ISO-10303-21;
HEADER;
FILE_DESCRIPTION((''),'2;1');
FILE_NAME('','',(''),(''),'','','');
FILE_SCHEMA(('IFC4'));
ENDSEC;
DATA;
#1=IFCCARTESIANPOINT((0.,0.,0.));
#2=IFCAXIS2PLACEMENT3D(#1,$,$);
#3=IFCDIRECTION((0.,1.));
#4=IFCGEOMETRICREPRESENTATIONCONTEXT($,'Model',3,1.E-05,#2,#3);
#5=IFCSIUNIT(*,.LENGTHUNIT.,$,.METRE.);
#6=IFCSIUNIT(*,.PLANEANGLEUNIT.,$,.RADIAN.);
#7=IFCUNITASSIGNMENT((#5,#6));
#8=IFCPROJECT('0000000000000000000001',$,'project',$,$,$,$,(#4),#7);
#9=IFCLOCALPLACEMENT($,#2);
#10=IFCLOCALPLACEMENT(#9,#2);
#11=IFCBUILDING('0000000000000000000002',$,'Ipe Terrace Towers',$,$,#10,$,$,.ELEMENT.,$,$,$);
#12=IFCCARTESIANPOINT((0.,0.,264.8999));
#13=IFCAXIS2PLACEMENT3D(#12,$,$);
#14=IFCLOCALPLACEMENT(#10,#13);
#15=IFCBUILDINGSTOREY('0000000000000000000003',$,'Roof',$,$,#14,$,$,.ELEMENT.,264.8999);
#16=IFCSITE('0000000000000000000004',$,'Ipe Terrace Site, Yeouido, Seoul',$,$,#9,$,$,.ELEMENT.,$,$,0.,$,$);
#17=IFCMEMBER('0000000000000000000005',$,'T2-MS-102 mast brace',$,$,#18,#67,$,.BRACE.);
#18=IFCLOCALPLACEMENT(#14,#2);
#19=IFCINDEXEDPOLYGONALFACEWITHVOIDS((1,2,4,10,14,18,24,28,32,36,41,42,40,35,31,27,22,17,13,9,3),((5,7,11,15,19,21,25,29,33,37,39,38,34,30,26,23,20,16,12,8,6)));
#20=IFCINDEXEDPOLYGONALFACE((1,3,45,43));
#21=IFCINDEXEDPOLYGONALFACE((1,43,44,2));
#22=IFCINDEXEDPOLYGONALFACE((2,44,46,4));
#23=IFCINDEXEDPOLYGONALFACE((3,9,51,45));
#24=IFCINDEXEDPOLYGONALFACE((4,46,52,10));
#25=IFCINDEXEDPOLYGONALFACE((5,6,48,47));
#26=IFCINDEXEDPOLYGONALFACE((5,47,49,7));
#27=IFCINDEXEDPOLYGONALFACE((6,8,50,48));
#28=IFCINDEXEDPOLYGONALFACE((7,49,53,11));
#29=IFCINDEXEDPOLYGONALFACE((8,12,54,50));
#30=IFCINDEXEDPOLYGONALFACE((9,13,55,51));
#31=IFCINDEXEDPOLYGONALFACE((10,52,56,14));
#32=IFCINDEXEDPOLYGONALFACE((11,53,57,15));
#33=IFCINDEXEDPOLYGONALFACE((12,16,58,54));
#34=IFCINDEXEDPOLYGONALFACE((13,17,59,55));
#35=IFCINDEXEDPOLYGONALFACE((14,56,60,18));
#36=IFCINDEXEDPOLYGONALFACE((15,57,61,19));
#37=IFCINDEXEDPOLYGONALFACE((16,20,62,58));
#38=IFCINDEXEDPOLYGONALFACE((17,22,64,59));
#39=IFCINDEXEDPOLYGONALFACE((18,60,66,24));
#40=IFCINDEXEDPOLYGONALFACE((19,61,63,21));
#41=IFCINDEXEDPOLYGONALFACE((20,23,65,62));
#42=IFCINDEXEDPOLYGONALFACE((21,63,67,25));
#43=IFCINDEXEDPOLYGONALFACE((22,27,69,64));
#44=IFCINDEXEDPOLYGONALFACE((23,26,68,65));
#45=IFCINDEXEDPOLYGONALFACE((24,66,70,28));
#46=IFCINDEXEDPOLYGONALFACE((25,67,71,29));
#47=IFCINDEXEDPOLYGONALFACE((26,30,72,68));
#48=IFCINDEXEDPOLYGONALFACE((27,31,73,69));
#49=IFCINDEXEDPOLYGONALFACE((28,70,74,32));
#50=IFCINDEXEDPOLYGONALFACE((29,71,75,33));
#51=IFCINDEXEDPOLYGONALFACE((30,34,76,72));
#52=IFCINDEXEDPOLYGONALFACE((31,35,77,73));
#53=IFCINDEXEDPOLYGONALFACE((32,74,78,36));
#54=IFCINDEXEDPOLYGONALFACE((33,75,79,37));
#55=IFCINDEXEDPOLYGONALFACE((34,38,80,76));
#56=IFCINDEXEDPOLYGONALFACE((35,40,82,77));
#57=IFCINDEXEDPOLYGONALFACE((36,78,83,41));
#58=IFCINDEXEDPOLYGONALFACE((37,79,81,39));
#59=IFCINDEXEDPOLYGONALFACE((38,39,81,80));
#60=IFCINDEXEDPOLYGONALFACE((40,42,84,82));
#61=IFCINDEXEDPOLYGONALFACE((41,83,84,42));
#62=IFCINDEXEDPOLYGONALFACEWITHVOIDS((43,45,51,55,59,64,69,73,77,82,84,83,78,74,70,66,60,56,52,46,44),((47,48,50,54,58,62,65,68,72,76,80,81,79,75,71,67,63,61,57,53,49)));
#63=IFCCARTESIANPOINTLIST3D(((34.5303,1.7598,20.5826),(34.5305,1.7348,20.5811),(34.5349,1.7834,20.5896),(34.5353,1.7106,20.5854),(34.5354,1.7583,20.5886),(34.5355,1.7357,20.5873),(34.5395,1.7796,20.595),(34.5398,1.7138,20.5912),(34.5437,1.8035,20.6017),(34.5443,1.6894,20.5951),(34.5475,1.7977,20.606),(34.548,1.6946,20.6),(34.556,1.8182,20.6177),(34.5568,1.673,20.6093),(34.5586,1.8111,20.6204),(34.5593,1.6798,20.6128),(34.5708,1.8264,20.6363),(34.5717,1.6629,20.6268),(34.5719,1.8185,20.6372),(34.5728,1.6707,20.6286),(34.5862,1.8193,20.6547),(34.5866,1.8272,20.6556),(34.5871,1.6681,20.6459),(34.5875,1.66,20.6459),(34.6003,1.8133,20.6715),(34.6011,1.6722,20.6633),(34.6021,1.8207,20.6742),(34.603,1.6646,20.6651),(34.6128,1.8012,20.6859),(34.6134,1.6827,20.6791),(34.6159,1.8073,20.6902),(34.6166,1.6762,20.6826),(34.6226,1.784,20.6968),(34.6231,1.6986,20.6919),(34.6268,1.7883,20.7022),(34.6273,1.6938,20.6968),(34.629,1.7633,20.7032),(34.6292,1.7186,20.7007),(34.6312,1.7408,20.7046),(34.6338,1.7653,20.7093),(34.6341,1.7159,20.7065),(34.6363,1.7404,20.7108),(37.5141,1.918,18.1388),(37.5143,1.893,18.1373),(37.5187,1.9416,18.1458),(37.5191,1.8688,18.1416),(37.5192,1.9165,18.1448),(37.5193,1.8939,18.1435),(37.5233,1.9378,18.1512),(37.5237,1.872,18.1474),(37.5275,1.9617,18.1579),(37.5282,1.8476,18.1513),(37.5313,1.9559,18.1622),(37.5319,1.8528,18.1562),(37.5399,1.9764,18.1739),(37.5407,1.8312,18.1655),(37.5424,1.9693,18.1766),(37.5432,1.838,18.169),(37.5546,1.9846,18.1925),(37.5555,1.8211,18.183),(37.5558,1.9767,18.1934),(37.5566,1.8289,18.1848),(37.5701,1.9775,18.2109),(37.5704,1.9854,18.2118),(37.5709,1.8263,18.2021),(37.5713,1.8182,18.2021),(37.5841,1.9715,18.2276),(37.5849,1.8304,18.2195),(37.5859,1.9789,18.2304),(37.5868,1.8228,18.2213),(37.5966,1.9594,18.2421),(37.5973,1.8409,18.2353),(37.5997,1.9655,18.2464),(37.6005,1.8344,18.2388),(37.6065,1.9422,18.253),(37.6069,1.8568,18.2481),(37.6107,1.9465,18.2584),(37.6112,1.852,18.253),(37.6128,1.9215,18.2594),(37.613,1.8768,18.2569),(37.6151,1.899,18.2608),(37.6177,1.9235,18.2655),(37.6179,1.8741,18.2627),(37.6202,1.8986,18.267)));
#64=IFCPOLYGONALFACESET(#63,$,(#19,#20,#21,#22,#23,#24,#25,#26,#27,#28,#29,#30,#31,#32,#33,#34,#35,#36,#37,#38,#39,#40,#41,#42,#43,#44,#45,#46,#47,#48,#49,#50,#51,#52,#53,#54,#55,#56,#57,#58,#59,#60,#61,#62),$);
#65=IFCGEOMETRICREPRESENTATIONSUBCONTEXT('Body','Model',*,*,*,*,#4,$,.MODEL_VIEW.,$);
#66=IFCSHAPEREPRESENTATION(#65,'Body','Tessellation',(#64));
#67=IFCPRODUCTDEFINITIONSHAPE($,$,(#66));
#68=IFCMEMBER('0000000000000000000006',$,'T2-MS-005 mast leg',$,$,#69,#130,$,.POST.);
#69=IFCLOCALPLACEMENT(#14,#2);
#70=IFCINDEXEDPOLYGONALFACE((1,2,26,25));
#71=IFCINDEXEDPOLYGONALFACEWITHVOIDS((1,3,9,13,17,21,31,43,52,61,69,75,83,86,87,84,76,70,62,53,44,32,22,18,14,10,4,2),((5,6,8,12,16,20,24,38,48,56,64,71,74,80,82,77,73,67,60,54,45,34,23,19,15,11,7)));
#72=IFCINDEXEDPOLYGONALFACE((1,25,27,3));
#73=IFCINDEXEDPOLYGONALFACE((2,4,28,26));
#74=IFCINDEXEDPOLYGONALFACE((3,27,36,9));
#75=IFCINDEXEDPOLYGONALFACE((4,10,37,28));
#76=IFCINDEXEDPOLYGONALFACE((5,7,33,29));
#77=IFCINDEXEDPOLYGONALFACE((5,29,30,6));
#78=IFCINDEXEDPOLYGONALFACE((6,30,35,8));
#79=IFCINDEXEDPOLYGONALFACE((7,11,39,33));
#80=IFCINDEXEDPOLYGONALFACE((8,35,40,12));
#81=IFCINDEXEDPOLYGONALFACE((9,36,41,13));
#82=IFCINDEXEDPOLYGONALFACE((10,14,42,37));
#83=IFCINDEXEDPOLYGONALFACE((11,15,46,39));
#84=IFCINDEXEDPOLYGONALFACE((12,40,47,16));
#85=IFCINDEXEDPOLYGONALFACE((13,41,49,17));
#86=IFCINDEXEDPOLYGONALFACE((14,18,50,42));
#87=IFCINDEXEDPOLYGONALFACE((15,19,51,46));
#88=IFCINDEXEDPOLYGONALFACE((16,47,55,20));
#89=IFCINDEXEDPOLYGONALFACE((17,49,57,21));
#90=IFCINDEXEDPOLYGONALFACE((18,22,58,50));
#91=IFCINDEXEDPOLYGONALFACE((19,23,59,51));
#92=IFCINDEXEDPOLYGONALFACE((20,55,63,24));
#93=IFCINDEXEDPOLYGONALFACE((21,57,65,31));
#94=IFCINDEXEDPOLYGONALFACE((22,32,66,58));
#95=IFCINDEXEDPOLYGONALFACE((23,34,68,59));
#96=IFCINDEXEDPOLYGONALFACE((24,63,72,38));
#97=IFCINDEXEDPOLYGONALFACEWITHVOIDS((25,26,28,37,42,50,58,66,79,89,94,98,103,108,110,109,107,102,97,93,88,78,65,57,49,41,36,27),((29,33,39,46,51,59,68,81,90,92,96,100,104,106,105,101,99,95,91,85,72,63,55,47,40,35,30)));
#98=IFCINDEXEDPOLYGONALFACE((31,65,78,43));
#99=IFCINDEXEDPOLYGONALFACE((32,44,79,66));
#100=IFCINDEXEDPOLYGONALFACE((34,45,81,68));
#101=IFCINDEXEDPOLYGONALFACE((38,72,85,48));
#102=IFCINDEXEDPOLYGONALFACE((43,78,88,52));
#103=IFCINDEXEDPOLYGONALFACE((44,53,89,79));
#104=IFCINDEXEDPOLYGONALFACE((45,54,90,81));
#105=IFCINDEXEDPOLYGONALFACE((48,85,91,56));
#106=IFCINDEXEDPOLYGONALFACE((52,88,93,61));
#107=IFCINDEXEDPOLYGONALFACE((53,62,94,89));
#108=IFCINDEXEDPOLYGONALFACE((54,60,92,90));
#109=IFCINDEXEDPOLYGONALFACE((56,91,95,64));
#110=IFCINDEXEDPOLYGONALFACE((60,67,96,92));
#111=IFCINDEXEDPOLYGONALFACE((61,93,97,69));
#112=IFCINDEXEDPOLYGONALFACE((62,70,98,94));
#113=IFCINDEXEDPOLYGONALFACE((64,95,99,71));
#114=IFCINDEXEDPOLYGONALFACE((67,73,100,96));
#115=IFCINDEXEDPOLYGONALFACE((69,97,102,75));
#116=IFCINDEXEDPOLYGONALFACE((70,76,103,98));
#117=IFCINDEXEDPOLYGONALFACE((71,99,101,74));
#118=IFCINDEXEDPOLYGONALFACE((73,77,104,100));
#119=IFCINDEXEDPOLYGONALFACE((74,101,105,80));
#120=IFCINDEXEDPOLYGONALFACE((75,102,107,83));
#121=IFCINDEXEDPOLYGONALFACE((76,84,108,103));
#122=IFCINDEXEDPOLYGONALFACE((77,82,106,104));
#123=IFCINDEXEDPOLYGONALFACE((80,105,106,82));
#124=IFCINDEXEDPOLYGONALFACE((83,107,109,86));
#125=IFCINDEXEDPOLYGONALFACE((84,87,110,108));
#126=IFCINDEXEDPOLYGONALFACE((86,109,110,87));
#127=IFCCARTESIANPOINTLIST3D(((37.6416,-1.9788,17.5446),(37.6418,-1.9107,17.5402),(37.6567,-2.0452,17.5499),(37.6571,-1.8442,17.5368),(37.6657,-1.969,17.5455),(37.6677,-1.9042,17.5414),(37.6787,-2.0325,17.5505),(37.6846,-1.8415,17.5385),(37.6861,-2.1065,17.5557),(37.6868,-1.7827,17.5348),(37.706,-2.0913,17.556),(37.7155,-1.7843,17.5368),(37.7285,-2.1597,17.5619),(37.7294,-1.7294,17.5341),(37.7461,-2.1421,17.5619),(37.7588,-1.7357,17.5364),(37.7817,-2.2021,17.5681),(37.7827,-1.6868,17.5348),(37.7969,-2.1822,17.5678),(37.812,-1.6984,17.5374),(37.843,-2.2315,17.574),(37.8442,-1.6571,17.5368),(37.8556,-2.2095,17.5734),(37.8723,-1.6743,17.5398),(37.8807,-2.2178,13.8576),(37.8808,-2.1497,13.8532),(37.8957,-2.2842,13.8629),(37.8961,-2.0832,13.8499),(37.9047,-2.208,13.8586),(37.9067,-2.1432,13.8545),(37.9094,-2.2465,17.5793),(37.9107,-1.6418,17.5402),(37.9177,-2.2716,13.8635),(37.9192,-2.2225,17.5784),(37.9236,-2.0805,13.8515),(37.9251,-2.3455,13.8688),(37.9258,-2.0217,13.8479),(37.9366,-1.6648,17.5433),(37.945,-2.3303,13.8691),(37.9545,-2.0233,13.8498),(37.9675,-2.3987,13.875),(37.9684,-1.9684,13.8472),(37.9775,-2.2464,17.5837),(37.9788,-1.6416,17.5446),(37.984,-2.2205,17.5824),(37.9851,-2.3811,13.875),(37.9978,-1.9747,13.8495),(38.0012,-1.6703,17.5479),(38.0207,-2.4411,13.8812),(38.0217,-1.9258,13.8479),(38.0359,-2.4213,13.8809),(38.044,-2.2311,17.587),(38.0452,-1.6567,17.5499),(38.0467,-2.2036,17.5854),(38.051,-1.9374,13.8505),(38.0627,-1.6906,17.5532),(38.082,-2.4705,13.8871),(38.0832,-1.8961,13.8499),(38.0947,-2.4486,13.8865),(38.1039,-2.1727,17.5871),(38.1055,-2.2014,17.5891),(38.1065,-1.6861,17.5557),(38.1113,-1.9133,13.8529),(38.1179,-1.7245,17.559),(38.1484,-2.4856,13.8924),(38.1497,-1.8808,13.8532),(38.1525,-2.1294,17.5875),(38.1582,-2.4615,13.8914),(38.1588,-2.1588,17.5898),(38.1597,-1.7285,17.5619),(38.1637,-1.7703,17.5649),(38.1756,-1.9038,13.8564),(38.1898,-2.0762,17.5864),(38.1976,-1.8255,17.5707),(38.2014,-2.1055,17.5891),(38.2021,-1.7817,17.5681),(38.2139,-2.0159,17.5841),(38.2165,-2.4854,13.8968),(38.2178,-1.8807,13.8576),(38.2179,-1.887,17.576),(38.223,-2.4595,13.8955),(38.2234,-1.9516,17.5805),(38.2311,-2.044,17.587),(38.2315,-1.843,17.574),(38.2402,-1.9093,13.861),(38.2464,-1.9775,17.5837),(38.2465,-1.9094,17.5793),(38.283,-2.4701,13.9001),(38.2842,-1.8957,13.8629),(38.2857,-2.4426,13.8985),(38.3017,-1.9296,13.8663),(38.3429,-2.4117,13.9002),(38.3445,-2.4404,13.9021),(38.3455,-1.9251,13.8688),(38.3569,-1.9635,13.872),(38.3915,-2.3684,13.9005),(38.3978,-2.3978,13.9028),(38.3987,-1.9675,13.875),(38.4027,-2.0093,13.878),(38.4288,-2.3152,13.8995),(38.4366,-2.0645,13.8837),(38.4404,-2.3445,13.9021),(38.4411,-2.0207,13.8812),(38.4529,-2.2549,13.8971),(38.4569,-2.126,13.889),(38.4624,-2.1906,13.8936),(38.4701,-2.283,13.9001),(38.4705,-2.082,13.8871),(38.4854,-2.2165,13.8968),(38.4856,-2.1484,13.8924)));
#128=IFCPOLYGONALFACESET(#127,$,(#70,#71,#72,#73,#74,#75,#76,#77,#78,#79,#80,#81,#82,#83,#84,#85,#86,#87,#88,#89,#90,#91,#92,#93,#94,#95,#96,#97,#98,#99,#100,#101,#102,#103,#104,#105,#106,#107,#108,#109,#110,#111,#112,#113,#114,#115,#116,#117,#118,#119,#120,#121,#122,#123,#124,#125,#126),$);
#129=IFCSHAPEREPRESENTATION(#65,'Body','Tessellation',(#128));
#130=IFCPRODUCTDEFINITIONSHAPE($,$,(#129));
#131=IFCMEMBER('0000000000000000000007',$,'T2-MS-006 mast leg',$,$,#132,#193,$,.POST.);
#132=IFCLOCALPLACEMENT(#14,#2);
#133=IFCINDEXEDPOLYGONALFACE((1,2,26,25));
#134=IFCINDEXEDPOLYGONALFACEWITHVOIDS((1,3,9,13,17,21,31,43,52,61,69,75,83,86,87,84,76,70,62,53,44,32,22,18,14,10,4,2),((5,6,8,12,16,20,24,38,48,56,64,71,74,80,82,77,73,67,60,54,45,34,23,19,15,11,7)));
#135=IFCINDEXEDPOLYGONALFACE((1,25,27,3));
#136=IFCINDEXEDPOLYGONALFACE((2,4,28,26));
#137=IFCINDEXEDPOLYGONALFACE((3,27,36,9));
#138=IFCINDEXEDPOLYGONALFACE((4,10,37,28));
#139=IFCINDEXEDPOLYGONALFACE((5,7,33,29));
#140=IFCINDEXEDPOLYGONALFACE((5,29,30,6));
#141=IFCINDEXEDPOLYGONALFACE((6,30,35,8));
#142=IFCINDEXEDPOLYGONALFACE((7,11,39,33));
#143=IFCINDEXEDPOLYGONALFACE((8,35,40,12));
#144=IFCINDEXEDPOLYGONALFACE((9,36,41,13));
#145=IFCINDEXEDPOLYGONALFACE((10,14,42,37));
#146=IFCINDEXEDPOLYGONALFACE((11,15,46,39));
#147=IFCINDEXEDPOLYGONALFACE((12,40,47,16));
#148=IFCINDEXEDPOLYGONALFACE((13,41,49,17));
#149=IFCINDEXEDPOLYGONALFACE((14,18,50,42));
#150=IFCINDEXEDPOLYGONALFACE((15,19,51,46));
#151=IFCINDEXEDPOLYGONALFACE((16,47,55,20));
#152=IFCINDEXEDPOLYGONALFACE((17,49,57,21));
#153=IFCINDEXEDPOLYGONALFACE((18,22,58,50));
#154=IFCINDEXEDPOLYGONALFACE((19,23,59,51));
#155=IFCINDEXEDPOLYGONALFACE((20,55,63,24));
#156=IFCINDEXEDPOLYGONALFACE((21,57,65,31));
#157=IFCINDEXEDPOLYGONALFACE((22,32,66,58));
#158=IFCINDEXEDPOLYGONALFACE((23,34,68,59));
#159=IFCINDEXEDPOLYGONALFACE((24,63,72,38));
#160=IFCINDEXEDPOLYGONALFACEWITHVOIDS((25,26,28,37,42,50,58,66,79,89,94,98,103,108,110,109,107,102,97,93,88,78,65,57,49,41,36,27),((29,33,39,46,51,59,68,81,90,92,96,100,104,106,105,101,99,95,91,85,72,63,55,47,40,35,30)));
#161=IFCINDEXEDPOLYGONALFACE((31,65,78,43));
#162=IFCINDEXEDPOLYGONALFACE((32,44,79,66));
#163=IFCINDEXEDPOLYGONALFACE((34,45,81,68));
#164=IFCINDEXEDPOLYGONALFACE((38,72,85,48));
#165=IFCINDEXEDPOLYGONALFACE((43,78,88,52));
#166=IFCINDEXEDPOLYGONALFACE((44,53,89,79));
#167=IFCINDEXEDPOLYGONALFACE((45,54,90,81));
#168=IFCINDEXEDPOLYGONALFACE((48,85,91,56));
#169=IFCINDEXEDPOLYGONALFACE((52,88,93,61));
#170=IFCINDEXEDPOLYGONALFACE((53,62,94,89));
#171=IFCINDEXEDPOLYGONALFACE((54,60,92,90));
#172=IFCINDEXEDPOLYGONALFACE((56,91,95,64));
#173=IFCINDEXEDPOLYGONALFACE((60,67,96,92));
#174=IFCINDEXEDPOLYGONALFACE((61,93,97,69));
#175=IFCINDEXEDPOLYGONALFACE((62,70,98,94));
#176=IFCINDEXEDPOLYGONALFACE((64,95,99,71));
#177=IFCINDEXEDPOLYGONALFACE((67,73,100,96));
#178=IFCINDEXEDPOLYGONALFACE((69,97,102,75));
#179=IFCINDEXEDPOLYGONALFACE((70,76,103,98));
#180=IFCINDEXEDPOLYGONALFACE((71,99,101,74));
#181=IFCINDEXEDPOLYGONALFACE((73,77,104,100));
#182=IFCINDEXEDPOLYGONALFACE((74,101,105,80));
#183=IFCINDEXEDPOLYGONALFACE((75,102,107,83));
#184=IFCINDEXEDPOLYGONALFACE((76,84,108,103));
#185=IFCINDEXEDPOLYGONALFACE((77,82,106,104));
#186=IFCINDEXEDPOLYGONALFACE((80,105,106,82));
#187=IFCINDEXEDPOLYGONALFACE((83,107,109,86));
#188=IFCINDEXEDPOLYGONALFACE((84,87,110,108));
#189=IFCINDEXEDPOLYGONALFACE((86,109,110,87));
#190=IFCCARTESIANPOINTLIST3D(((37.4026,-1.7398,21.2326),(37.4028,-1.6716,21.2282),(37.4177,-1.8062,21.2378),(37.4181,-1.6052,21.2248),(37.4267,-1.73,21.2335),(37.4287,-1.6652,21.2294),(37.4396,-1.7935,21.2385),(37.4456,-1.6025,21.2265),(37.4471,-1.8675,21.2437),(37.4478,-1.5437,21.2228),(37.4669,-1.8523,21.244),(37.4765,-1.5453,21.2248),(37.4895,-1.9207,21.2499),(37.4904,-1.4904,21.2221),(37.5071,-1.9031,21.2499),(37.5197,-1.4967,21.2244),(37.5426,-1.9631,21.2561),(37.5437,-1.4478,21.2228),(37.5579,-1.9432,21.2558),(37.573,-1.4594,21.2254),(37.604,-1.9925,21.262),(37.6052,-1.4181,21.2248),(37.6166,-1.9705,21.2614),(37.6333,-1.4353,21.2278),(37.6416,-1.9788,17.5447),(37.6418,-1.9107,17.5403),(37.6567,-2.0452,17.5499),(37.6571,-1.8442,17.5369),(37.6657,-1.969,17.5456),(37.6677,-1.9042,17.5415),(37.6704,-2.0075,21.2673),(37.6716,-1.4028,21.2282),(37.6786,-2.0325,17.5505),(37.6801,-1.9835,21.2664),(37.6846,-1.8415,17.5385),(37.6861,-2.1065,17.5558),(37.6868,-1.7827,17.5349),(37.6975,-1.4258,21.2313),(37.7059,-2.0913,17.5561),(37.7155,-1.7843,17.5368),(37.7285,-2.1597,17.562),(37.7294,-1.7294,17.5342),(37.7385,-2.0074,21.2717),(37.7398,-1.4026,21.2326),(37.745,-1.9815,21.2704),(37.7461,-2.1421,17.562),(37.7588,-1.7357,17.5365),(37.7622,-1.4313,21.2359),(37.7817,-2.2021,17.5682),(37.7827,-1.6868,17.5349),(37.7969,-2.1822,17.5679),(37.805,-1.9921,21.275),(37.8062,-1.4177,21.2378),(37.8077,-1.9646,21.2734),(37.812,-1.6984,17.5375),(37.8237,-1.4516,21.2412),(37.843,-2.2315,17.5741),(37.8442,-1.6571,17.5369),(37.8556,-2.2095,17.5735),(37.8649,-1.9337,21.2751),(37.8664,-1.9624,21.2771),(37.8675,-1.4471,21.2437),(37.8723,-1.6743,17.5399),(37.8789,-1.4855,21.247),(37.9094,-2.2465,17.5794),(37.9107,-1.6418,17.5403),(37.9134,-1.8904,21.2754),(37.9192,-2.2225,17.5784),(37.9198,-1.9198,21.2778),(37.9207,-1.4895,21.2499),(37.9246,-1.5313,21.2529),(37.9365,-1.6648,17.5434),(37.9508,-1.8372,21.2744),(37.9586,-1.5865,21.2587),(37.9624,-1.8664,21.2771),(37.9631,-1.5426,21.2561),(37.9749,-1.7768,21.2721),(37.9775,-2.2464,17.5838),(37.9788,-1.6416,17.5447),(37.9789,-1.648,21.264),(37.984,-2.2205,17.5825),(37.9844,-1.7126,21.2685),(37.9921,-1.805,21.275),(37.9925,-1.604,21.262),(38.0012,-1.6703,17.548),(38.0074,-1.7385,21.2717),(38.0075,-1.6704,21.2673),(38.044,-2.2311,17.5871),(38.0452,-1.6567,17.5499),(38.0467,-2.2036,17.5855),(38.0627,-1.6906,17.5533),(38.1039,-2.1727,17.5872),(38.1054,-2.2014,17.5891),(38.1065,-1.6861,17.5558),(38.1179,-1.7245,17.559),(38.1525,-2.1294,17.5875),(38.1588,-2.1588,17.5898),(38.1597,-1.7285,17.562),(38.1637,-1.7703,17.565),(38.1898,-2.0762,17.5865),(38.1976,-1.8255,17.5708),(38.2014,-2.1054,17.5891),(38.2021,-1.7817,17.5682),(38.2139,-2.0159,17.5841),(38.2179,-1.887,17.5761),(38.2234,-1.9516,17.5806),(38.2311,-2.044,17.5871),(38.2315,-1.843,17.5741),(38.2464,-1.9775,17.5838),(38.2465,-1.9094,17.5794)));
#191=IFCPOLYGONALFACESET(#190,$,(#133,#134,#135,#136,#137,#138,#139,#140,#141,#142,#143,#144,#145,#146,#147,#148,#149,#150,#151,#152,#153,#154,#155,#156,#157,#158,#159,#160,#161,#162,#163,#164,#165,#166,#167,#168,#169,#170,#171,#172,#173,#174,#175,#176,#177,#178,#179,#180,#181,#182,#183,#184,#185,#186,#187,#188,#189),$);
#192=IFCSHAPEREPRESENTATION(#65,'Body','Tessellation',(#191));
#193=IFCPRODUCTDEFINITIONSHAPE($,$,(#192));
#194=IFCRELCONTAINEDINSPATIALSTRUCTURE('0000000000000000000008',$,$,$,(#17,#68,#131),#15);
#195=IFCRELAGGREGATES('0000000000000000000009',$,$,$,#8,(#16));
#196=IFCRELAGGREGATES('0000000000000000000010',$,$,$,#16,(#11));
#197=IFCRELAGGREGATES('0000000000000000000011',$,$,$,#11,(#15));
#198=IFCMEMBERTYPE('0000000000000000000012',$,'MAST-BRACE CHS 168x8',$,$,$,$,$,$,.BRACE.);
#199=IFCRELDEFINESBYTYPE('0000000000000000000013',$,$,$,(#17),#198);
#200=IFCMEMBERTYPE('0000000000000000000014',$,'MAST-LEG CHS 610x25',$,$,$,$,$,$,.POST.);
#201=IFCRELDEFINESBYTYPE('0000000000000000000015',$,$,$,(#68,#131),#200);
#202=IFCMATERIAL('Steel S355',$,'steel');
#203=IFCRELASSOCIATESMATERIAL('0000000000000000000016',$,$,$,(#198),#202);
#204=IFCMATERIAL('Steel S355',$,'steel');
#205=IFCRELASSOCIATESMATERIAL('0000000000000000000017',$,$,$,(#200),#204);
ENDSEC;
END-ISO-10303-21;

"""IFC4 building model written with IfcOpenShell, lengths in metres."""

from ifc_helpers import new_model, si_unit, direction, frame, origin, origin_2d, place, context, subcontext, project, spatial, hollow_circle, extrude, material, material_profile, profile_set, type_object, element, save


model = new_model("IFC4")

# Units and contexts
model_context = context("Model", 3, precision=1e-05, world=origin(), true_north=direction((0.0, 1.0)))
body_context = subcontext(model_context, "Body", "Model", "MODEL_VIEW")
ifc_project = project(units=[si_unit("LENGTHUNIT", "METRE"), si_unit("PLANEANGLEUNIT", "RADIAN")], contexts=[model_context])

# Site, building, storey
site_placement = place(None, origin())
site = spatial("IfcSite", under=ifc_project, at=site_placement, Name="Ipe Terrace Site, Yeouido, Seoul", CompositionType="ELEMENT", RefElevation=0.0)
building_placement = place(site_placement, origin())
building = spatial("IfcBuilding", under=site, at=building_placement, Name="Ipe Terrace Towers", CompositionType="ELEMENT")
storey_placement = place(building_placement, frame((0.0, 0.0, 264.8999)))
storey = spatial("IfcBuildingStorey", under=building, at=storey_placement, Name="Roof", CompositionType="ELEMENT", Elevation=264.8999)

# Members
ifc_material_1 = material(Name="Steel S355", Category="steel")
ifc_material_profile_1 = material_profile(ifc_material_1, hollow_circle(Radius=0.084, WallThickness=0.0081, at=origin_2d()), Name="MAST-BRACE CHS 168x8")
ifc_profile_set_1 = profile_set([ifc_material_profile_1], Name="Steel S355")
member_type_1 = type_object("IfcMemberType", Name="MAST-BRACE CHS 168x8", PredefinedType="BRACE", material=ifc_profile_set_1)
for number, where, z_axis, x_axis, name in (
    (1, (37.5669, 1.9021, 18.2021), (-0.772991, -0.040983, 0.633091), (0.052945, -0.998597, 0.0), "T2-MS-102 mast brace"),
):
    element("IfcMember", number, at=place(storey_placement, frame(where, z_axis=z_axis, x_axis=x_axis)), inside=storey, type_object=member_type_1, Name=name, PredefinedType="BRACE", context=body_context, shape_type="SweptSolid", body=[
        extrude(hollow_circle(Radius=0.084, WallThickness=0.0081, at=origin_2d()), origin(), (0.0, 0.0, 1.0), 3.8601),
    ])
ifc_material_2 = material(Name="Steel S355", Category="steel")
ifc_material_profile_2 = material_profile(ifc_material_2, hollow_circle(Radius=0.3049, WallThickness=0.0249, at=origin_2d()), Name="MAST-LEG CHS 610x25")
ifc_profile_set_2 = profile_set([ifc_material_profile_2], Name="Steel S355")
member_type_2 = type_object("IfcMemberType", Name="MAST-LEG CHS 610x25", PredefinedType="POST", material=ifc_profile_set_2)
member_1_placement = place(storey_placement, frame((38.1831, -2.1831, 13.875), z_axis=(-0.064555, 0.064555, 0.995824), x_axis=(-0.707107, -0.707107, 0.0)))
element("IfcMember", 2, at=member_1_placement, inside=storey, type_object=member_type_2, Name="T2-MS-005 mast leg", PredefinedType="POST", context=body_context, shape_type="SweptSolid", body=[
    extrude(hollow_circle(Radius=0.3049, WallThickness=0.0249, at=origin_2d()), origin(), (0.0, 0.0, 1.0), 3.7024),
])
member_2_placement = place(storey_placement, frame((37.9441, -1.9441, 17.562), z_axis=(-0.064538, 0.064538, 0.995826), x_axis=(-0.707107, -0.707107, 0.0)))
element("IfcMember", 3, at=member_2_placement, inside=storey, type_object=member_type_2, Name="T2-MS-006 mast leg", PredefinedType="POST", context=body_context, shape_type="SweptSolid", body=[
    extrude(hollow_circle(Radius=0.3049, WallThickness=0.0249, at=origin_2d()), origin(), (0.0, 0.0, 1.0), 3.7034),
])

save(model, "model.ifc")
